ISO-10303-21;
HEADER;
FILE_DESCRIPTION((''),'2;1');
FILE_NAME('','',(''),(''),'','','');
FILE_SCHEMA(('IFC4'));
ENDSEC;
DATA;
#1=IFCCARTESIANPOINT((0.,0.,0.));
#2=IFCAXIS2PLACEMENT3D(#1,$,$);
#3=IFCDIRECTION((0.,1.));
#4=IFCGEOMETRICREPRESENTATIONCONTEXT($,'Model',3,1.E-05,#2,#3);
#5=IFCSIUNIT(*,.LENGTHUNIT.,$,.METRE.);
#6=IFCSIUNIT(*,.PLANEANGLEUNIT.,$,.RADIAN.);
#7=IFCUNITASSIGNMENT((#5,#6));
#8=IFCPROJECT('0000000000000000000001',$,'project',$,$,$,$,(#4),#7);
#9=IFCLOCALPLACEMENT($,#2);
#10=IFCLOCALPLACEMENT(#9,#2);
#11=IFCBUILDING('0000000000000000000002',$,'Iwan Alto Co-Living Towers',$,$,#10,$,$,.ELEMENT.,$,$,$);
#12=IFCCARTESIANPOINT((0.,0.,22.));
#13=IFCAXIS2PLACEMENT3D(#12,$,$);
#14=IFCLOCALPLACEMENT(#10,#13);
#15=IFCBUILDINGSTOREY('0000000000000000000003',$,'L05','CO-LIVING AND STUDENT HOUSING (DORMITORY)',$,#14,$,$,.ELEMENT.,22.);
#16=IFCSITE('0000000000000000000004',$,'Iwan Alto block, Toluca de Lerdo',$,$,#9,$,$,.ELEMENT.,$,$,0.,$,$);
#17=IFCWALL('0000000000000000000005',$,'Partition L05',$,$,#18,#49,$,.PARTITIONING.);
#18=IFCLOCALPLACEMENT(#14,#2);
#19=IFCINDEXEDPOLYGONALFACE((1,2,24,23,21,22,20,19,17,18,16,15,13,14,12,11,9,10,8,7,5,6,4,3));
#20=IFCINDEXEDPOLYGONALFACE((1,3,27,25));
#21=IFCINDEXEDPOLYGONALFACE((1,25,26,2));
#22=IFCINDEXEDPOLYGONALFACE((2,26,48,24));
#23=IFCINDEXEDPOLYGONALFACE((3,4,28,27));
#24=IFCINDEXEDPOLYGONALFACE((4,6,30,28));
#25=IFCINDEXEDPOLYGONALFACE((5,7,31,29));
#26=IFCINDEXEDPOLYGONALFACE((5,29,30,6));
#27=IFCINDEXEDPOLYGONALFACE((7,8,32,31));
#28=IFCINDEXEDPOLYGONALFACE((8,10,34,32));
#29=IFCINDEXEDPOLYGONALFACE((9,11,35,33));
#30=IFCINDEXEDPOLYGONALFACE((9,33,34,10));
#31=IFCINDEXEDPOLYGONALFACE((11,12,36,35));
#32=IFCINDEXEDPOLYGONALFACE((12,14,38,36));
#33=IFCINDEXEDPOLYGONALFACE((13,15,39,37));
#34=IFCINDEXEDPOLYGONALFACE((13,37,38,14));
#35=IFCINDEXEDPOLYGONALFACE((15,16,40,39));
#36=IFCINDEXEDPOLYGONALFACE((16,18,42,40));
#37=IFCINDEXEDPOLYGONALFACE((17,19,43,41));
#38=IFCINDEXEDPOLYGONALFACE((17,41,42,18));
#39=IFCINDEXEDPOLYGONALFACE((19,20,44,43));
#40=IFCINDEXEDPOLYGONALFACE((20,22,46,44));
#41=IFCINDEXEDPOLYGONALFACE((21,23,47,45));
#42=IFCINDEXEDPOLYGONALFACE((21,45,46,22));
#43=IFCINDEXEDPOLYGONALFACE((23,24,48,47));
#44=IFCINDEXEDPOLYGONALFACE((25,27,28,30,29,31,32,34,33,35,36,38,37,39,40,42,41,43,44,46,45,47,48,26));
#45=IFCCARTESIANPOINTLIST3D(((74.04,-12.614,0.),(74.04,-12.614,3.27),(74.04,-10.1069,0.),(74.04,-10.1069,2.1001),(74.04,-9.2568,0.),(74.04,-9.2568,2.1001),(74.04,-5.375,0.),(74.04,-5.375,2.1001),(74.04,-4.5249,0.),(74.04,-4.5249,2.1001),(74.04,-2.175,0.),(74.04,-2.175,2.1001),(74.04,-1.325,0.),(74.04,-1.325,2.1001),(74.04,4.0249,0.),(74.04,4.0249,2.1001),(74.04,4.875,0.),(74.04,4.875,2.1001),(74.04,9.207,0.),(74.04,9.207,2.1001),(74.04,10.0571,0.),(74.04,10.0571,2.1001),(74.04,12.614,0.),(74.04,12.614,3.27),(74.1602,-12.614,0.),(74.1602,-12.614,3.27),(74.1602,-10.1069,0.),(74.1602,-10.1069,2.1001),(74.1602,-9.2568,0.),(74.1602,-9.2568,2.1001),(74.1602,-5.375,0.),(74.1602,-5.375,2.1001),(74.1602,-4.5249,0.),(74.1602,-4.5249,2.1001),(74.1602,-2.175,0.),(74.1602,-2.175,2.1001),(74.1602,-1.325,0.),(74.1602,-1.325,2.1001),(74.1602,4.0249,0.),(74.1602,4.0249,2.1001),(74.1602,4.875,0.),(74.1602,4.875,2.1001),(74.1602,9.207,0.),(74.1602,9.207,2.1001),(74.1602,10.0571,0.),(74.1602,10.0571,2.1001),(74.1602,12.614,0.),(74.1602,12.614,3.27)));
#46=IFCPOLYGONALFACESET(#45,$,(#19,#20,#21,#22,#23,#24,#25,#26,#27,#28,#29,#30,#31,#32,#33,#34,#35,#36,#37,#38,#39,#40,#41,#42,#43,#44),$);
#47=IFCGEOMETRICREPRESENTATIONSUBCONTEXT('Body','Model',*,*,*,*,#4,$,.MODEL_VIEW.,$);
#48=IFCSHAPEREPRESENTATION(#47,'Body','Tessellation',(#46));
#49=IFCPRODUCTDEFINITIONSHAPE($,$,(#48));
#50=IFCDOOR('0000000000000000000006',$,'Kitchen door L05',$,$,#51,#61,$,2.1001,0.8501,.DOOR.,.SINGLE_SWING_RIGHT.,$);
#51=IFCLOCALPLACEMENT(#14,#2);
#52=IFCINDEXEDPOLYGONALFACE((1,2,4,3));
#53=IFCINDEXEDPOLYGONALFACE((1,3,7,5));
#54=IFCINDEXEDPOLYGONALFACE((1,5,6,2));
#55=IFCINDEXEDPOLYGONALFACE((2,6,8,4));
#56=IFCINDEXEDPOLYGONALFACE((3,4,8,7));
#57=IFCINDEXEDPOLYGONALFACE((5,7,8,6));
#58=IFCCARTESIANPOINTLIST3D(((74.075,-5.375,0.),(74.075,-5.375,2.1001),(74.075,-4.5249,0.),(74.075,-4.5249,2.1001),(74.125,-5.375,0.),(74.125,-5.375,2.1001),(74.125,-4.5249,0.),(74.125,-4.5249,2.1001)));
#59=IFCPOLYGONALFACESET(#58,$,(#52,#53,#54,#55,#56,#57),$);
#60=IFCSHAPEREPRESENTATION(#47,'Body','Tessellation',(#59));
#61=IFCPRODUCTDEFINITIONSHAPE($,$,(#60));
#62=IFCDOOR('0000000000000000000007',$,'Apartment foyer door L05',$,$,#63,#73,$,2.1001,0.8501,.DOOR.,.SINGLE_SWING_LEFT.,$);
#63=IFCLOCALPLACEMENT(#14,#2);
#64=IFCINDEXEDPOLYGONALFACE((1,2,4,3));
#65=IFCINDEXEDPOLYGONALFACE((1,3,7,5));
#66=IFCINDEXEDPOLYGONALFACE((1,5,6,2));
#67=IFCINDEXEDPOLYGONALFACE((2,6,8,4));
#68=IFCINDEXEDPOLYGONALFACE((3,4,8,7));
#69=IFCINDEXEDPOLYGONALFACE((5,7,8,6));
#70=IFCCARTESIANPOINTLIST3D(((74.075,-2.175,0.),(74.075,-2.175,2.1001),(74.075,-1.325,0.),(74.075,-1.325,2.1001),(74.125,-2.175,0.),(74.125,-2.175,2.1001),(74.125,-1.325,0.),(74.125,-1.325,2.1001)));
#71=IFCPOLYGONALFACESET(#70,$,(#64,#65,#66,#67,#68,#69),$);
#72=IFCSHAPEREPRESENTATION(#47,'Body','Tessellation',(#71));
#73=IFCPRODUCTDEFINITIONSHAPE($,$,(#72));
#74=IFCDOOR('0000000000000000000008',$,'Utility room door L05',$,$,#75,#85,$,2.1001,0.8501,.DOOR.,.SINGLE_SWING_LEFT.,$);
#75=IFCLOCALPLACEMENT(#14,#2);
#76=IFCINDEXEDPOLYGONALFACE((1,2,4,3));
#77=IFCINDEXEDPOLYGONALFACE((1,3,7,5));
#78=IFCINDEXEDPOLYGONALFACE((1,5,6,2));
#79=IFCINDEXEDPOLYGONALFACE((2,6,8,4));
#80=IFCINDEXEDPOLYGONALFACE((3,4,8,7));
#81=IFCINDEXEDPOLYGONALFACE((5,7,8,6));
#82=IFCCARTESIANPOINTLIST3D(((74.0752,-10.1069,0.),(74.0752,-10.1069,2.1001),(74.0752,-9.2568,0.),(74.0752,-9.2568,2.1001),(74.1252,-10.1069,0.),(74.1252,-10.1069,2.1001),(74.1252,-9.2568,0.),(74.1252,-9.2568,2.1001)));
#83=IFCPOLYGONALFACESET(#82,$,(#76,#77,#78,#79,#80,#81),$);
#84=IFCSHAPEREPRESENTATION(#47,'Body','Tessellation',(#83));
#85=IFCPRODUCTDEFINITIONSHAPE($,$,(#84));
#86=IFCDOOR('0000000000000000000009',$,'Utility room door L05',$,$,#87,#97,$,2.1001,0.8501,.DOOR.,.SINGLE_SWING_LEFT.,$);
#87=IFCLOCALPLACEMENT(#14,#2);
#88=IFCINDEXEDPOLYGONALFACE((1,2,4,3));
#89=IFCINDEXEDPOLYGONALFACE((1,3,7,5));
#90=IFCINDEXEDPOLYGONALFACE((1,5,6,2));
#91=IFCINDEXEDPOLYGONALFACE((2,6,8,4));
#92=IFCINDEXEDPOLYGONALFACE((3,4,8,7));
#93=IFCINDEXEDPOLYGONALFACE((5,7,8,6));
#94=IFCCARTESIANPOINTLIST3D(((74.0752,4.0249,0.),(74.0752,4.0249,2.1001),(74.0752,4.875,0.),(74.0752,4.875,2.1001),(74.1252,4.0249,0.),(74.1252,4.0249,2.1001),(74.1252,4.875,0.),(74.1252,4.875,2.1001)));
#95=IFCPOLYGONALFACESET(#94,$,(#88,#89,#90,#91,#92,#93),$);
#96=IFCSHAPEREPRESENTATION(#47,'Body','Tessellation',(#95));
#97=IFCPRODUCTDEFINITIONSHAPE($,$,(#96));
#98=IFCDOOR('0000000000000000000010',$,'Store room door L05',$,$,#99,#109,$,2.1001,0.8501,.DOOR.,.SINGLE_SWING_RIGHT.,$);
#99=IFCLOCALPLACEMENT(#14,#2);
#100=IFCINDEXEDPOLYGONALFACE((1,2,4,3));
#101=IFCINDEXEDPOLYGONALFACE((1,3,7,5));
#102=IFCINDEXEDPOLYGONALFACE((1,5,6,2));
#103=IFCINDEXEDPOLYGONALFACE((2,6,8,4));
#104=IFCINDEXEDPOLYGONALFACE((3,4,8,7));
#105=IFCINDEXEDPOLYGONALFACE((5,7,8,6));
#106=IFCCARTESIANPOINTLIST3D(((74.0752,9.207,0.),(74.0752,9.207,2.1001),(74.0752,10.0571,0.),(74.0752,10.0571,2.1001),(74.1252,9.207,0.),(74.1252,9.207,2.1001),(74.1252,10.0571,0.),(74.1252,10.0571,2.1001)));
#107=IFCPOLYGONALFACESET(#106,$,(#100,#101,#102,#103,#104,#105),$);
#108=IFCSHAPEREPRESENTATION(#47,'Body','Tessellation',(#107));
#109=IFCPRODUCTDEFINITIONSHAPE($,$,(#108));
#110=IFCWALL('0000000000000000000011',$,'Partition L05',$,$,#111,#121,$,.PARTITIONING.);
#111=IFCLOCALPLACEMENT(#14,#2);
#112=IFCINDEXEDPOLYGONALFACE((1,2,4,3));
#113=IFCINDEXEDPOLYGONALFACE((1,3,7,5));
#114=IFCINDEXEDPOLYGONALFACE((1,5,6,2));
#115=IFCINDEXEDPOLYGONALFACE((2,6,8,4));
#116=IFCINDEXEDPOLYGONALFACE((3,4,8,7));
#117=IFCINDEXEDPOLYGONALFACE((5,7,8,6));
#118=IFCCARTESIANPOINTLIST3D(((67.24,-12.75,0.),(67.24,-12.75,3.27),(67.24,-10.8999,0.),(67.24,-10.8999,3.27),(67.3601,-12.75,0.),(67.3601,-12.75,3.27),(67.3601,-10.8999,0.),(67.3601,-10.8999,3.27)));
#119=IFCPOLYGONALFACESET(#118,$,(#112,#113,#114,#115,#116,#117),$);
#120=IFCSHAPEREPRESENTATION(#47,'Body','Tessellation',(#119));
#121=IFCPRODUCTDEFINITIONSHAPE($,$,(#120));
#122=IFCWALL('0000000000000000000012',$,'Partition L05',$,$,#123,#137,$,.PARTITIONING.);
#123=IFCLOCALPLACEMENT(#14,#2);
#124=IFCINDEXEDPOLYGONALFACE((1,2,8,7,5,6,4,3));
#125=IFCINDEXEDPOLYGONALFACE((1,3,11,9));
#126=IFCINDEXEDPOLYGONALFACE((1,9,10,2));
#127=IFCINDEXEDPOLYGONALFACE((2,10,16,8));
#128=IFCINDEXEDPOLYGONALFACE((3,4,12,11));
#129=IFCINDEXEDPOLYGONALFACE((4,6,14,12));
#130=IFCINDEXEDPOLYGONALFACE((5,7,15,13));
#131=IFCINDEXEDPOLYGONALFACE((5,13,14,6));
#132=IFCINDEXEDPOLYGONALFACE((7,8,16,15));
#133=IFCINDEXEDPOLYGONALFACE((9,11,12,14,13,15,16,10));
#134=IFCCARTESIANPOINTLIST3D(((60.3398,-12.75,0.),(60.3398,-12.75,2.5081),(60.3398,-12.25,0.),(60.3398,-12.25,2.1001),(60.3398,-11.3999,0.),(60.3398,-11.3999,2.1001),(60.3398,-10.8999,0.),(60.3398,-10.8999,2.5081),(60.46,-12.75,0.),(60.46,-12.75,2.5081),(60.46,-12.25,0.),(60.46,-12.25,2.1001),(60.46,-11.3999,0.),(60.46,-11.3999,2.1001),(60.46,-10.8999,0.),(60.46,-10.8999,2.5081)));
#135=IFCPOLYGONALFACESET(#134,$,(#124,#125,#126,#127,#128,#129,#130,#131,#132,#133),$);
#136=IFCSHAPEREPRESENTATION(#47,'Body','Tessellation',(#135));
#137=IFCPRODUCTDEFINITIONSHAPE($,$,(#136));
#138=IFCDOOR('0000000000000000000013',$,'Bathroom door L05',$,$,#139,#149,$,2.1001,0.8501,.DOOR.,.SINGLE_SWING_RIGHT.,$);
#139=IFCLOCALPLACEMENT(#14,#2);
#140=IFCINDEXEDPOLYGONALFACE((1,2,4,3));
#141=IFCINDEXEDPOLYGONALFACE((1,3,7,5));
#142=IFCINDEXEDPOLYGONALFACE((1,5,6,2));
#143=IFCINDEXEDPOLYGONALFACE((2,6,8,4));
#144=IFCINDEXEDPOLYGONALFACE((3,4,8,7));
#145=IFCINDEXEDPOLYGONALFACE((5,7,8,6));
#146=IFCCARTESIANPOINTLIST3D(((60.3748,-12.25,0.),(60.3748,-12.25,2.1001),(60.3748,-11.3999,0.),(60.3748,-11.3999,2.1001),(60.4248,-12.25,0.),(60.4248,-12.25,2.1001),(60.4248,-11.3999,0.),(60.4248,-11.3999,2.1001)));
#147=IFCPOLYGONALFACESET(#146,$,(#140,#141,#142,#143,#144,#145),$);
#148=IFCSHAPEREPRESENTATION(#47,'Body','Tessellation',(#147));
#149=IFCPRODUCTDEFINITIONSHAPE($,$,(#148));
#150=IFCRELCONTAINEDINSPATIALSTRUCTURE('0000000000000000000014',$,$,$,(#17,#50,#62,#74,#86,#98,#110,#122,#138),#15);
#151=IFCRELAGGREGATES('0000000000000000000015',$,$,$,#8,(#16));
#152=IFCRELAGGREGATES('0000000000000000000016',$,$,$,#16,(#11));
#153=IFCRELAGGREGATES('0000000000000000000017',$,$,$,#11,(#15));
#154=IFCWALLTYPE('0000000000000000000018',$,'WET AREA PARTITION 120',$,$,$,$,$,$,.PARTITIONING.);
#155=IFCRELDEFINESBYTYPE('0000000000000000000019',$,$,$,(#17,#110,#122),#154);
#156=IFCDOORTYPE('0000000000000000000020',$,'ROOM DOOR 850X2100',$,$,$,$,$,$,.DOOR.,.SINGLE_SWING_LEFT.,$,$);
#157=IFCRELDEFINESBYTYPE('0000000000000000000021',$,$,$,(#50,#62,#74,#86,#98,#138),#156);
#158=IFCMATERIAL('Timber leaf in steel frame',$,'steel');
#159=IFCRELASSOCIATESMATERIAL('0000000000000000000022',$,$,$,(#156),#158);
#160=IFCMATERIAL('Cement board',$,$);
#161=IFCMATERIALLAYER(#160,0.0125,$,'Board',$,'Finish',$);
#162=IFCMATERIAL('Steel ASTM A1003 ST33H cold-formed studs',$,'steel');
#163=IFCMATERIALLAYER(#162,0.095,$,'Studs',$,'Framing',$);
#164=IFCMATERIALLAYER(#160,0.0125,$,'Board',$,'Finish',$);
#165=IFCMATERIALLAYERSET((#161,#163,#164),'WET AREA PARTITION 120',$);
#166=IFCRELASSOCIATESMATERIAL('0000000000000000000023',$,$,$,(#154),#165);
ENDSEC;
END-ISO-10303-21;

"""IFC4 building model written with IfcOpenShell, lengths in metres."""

from ifc_helpers import new_model, si_unit, direction, frame, frame_2d, origin, place, context, subcontext, project, spatial, rectangle, extrude, material, layer, layer_set, type_object, element, fill, save


model = new_model("IFC4")

# Units and contexts
model_context = context("Model", 3, precision=1e-05, world=origin(), true_north=direction((0.0, 1.0)))
body_context = subcontext(model_context, "Body", "Model", "MODEL_VIEW")
ifc_project = project(units=[si_unit("LENGTHUNIT", "METRE"), si_unit("PLANEANGLEUNIT", "RADIAN")], contexts=[model_context])

# Site, building, storey
site_placement = place(None, origin())
site = spatial("IfcSite", under=ifc_project, at=site_placement, Name="Iwan Alto block, Toluca de Lerdo", CompositionType="ELEMENT", RefElevation=0.0)
building_placement = place(site_placement, origin())
building = spatial("IfcBuilding", under=site, at=building_placement, Name="Iwan Alto Co-Living Towers", CompositionType="ELEMENT")
storey_placement = place(building_placement, frame((0.0, 0.0, 22.0)))
storey = spatial("IfcBuildingStorey", under=building, at=storey_placement, Name="L05", Description="CO-LIVING AND STUDENT HOUSING (DORMITORY)", CompositionType="ELEMENT", Elevation=22.0)

# Shared definitions
ifc_material_1 = material(Name="Steel ASTM A1003 ST33H cold-formed studs", Category="steel")

# Shared definitions
ifc_material_2 = material(Name="Timber leaf in steel frame", Category="steel")
door_type_1 = type_object("IfcDoorType", Name="ROOM DOOR 850X2100", OperationType="SINGLE_SWING_LEFT", PredefinedType="DOOR", material=ifc_material_2)

# Wall, openings, doors
ifc_material_3 = material(Name="Cement board")
ifc_layer_1 = layer(ifc_material_3, 0.0125, Name="Board", Category="Finish")
ifc_layer_2 = layer(ifc_material_1, 0.095, Name="Studs", Category="Framing")
ifc_layer_3 = layer(ifc_material_3, 0.0125, Name="Board", Category="Finish")
ifc_layer_set_1 = layer_set([ifc_layer_1, ifc_layer_2, ifc_layer_3], Name="WET AREA PARTITION 120")
wall_type_1 = type_object("IfcWallType", Name="WET AREA PARTITION 120", PredefinedType="PARTITIONING", material=ifc_layer_set_1)
wall_1_placement = place(storey_placement, frame((74.1001, -12.614, 0.0), z_axis=(0.0, 0.0, 1.0), x_axis=(0.0, 1.0, 0.0)))
wall_1 = element("IfcWall", 1, at=wall_1_placement, inside=storey, type_object=wall_type_1, Name="Partition L05", PredefinedType="PARTITIONING", context=body_context, shape_type="SweptSolid", body=[
    extrude(rectangle(XDim=25.228, YDim=0.1201, at=frame_2d((12.614, 0.0))), origin(), (0.0, 0.0, 1.0), 3.27),
])
opening_1_placement = place(wall_1_placement, frame((7.239, 0.0, 0.0)))
opening_1 = element("IfcOpeningElement", 2, at=opening_1_placement, cuts=wall_1, PredefinedType="OPENING", context=body_context, shape_type="SweptSolid", body=[
    extrude(rectangle(XDim=0.8501, YDim=2.1001, at=frame_2d((0.425, 1.05))), frame((0.0, 0.0701, 0.0), z_axis=(0.0, -1.0, 0.0), x_axis=(1.0, 0.0, 0.0)), (0.0, 0.0, 1.0), 0.1401),
])
opening_2_placement = place(wall_1_placement, frame((10.439, 0.0, 0.0)))
opening_2 = element("IfcOpeningElement", 3, at=opening_2_placement, cuts=wall_1, PredefinedType="OPENING", context=body_context, shape_type="SweptSolid", body=[
    extrude(rectangle(XDim=0.8501, YDim=2.1001, at=frame_2d((0.425, 1.05))), frame((0.0, 0.0701, 0.0), z_axis=(0.0, -1.0, 0.0), x_axis=(1.0, 0.0, 0.0)), (0.0, 0.0, 1.0), 0.1401),
])
opening_3_placement = place(wall_1_placement, frame((2.5071, 0.0, 0.0)))
opening_3 = element("IfcOpeningElement", 4, at=opening_3_placement, cuts=wall_1, PredefinedType="OPENING", context=body_context, shape_type="SweptSolid", body=[
    extrude(rectangle(XDim=0.8501, YDim=2.1001, at=frame_2d((0.425, 1.05))), frame((0.0, 0.0701, 0.0), z_axis=(0.0, -1.0, 0.0), x_axis=(1.0, 0.0, 0.0)), (0.0, 0.0, 1.0), 0.1401),
])
opening_4_placement = place(wall_1_placement, frame((16.6389, 0.0, 0.0)))
opening_4 = element("IfcOpeningElement", 5, at=opening_4_placement, cuts=wall_1, PredefinedType="OPENING", context=body_context, shape_type="SweptSolid", body=[
    extrude(rectangle(XDim=0.8501, YDim=2.1001, at=frame_2d((0.425, 1.05))), frame((0.0, 0.0701, 0.0), z_axis=(0.0, -1.0, 0.0), x_axis=(1.0, 0.0, 0.0)), (0.0, 0.0, 1.0), 0.1401),
])
opening_5_placement = place(wall_1_placement, frame((21.821, 0.0, 0.0)))
opening_5 = element("IfcOpeningElement", 6, at=opening_5_placement, cuts=wall_1, PredefinedType="OPENING", context=body_context, shape_type="SweptSolid", body=[
    extrude(rectangle(XDim=0.8501, YDim=2.1001, at=frame_2d((0.425, 1.05))), frame((0.0, 0.0701, 0.0), z_axis=(0.0, -1.0, 0.0), x_axis=(1.0, 0.0, 0.0)), (0.0, 0.0, 1.0), 0.1401),
])
door_1_placement = place(opening_1_placement, frame((0.8501, 0.0, 0.0), z_axis=(0.0, 0.0, 1.0), x_axis=(-1.0, 0.0, 0.0)))
door_1 = element("IfcDoor", 7, at=door_1_placement, inside=storey, type_object=door_type_1, Name="Kitchen door L05", OperationType="SINGLE_SWING_RIGHT", OverallHeight=2.1001, OverallWidth=0.8501, PredefinedType="DOOR", context=body_context, shape_type="SweptSolid", body=[
    extrude(rectangle(XDim=0.8501, YDim=2.1001, at=frame_2d((0.425, 1.05))), frame((0.0, 0.0249, 0.0), z_axis=(0.0, -1.0, 0.0), x_axis=(1.0, 0.0, 0.0)), (0.0, 0.0, 1.0), 0.05),
])
fill(opening_1, door_1)
door_2_placement = place(opening_2_placement, frame((0.8501, 0.0, 0.0), z_axis=(0.0, 0.0, 1.0), x_axis=(-1.0, 0.0, 0.0)))
door_2 = element("IfcDoor", 8, at=door_2_placement, inside=storey, type_object=door_type_1, Name="Apartment foyer door L05", OperationType="SINGLE_SWING_LEFT", OverallHeight=2.1001, OverallWidth=0.8501, PredefinedType="DOOR", context=body_context, shape_type="SweptSolid", body=[
    extrude(rectangle(XDim=0.8501, YDim=2.1001, at=frame_2d((0.425, 1.05))), frame((0.0, 0.0249, 0.0), z_axis=(0.0, -1.0, 0.0), x_axis=(1.0, 0.0, 0.0)), (0.0, 0.0, 1.0), 0.05),
])
fill(opening_2, door_2)
door_3_placement = place(opening_3_placement, origin())
door_3 = element("IfcDoor", 9, at=door_3_placement, inside=storey, type_object=door_type_1, Name="Utility room door L05", OperationType="SINGLE_SWING_LEFT", OverallHeight=2.1001, OverallWidth=0.8501, PredefinedType="DOOR", context=body_context, shape_type="SweptSolid", body=[
    extrude(rectangle(XDim=0.8501, YDim=2.1001, at=frame_2d((0.425, 1.05))), frame((0.0, 0.0249, 0.0), z_axis=(0.0, -1.0, 0.0), x_axis=(1.0, 0.0, 0.0)), (0.0, 0.0, 1.0), 0.05),
])
fill(opening_3, door_3)
door_4_placement = place(opening_4_placement, origin())
door_4 = element("IfcDoor", 10, at=door_4_placement, inside=storey, type_object=door_type_1, Name="Utility room door L05", OperationType="SINGLE_SWING_LEFT", OverallHeight=2.1001, OverallWidth=0.8501, PredefinedType="DOOR", context=body_context, shape_type="SweptSolid", body=[
    extrude(rectangle(XDim=0.8501, YDim=2.1001, at=frame_2d((0.425, 1.05))), frame((0.0, 0.0249, 0.0), z_axis=(0.0, -1.0, 0.0), x_axis=(1.0, 0.0, 0.0)), (0.0, 0.0, 1.0), 0.05),
])
fill(opening_4, door_4)
door_5_placement = place(opening_5_placement, origin())
door_5 = element("IfcDoor", 11, at=door_5_placement, inside=storey, type_object=door_type_1, Name="Store room door L05", OperationType="SINGLE_SWING_RIGHT", OverallHeight=2.1001, OverallWidth=0.8501, PredefinedType="DOOR", context=body_context, shape_type="SweptSolid", body=[
    extrude(rectangle(XDim=0.8501, YDim=2.1001, at=frame_2d((0.425, 1.05))), frame((0.0, 0.0249, 0.0), z_axis=(0.0, -1.0, 0.0), x_axis=(1.0, 0.0, 0.0)), (0.0, 0.0, 1.0), 0.05),
])
fill(opening_5, door_5)

# Wall
wall_2_placement = place(storey_placement, frame((67.3, -12.75, 0.0), z_axis=(0.0, 0.0, 1.0), x_axis=(0.0, 1.0, 0.0)))
element("IfcWall", 12, at=wall_2_placement, inside=storey, type_object=wall_type_1, Name="Partition L05", PredefinedType="PARTITIONING", context=body_context, shape_type="SweptSolid", body=[
    extrude(rectangle(XDim=1.8501, YDim=0.1201, at=frame_2d((0.925, 0.0))), origin(), (0.0, 0.0, 1.0), 3.27),
])

# Wall, opening, door
wall_3_placement = place(storey_placement, frame((60.3999, -12.75, 0.0), z_axis=(0.0, 0.0, 1.0), x_axis=(0.0, 1.0, 0.0)))
wall_3 = element("IfcWall", 13, at=wall_3_placement, inside=storey, type_object=wall_type_1, Name="Partition L05", PredefinedType="PARTITIONING", context=body_context, shape_type="SweptSolid", body=[
    extrude(rectangle(XDim=1.8501, YDim=0.1201, at=frame_2d((0.925, 0.0))), origin(), (0.0, 0.0, 1.0), 2.5081),
])
opening_6_placement = place(wall_3_placement, frame((0.5, 0.0, 0.0)))
opening_6 = element("IfcOpeningElement", 14, at=opening_6_placement, cuts=wall_3, PredefinedType="OPENING", context=body_context, shape_type="SweptSolid", body=[
    extrude(rectangle(XDim=0.8501, YDim=2.1001, at=frame_2d((0.425, 1.05))), frame((0.0, 0.0701, 0.0), z_axis=(0.0, -1.0, 0.0), x_axis=(1.0, 0.0, 0.0)), (0.0, 0.0, 1.0), 0.1401),
])
door_6_placement = place(opening_6_placement, frame((0.8501, 0.0, 0.0), z_axis=(0.0, 0.0, 1.0), x_axis=(-1.0, 0.0, 0.0)))
door_6 = element("IfcDoor", 15, at=door_6_placement, inside=storey, type_object=door_type_1, Name="Bathroom door L05", OperationType="SINGLE_SWING_RIGHT", OverallHeight=2.1001, OverallWidth=0.8501, PredefinedType="DOOR", context=body_context, shape_type="SweptSolid", body=[
    extrude(rectangle(XDim=0.8501, YDim=2.1001, at=frame_2d((0.425, 1.05))), frame((0.0, 0.0249, 0.0), z_axis=(0.0, -1.0, 0.0), x_axis=(1.0, 0.0, 0.0)), (0.0, 0.0, 1.0), 0.05),
])
fill(opening_6, door_6)

save(model, "model.ifc")
